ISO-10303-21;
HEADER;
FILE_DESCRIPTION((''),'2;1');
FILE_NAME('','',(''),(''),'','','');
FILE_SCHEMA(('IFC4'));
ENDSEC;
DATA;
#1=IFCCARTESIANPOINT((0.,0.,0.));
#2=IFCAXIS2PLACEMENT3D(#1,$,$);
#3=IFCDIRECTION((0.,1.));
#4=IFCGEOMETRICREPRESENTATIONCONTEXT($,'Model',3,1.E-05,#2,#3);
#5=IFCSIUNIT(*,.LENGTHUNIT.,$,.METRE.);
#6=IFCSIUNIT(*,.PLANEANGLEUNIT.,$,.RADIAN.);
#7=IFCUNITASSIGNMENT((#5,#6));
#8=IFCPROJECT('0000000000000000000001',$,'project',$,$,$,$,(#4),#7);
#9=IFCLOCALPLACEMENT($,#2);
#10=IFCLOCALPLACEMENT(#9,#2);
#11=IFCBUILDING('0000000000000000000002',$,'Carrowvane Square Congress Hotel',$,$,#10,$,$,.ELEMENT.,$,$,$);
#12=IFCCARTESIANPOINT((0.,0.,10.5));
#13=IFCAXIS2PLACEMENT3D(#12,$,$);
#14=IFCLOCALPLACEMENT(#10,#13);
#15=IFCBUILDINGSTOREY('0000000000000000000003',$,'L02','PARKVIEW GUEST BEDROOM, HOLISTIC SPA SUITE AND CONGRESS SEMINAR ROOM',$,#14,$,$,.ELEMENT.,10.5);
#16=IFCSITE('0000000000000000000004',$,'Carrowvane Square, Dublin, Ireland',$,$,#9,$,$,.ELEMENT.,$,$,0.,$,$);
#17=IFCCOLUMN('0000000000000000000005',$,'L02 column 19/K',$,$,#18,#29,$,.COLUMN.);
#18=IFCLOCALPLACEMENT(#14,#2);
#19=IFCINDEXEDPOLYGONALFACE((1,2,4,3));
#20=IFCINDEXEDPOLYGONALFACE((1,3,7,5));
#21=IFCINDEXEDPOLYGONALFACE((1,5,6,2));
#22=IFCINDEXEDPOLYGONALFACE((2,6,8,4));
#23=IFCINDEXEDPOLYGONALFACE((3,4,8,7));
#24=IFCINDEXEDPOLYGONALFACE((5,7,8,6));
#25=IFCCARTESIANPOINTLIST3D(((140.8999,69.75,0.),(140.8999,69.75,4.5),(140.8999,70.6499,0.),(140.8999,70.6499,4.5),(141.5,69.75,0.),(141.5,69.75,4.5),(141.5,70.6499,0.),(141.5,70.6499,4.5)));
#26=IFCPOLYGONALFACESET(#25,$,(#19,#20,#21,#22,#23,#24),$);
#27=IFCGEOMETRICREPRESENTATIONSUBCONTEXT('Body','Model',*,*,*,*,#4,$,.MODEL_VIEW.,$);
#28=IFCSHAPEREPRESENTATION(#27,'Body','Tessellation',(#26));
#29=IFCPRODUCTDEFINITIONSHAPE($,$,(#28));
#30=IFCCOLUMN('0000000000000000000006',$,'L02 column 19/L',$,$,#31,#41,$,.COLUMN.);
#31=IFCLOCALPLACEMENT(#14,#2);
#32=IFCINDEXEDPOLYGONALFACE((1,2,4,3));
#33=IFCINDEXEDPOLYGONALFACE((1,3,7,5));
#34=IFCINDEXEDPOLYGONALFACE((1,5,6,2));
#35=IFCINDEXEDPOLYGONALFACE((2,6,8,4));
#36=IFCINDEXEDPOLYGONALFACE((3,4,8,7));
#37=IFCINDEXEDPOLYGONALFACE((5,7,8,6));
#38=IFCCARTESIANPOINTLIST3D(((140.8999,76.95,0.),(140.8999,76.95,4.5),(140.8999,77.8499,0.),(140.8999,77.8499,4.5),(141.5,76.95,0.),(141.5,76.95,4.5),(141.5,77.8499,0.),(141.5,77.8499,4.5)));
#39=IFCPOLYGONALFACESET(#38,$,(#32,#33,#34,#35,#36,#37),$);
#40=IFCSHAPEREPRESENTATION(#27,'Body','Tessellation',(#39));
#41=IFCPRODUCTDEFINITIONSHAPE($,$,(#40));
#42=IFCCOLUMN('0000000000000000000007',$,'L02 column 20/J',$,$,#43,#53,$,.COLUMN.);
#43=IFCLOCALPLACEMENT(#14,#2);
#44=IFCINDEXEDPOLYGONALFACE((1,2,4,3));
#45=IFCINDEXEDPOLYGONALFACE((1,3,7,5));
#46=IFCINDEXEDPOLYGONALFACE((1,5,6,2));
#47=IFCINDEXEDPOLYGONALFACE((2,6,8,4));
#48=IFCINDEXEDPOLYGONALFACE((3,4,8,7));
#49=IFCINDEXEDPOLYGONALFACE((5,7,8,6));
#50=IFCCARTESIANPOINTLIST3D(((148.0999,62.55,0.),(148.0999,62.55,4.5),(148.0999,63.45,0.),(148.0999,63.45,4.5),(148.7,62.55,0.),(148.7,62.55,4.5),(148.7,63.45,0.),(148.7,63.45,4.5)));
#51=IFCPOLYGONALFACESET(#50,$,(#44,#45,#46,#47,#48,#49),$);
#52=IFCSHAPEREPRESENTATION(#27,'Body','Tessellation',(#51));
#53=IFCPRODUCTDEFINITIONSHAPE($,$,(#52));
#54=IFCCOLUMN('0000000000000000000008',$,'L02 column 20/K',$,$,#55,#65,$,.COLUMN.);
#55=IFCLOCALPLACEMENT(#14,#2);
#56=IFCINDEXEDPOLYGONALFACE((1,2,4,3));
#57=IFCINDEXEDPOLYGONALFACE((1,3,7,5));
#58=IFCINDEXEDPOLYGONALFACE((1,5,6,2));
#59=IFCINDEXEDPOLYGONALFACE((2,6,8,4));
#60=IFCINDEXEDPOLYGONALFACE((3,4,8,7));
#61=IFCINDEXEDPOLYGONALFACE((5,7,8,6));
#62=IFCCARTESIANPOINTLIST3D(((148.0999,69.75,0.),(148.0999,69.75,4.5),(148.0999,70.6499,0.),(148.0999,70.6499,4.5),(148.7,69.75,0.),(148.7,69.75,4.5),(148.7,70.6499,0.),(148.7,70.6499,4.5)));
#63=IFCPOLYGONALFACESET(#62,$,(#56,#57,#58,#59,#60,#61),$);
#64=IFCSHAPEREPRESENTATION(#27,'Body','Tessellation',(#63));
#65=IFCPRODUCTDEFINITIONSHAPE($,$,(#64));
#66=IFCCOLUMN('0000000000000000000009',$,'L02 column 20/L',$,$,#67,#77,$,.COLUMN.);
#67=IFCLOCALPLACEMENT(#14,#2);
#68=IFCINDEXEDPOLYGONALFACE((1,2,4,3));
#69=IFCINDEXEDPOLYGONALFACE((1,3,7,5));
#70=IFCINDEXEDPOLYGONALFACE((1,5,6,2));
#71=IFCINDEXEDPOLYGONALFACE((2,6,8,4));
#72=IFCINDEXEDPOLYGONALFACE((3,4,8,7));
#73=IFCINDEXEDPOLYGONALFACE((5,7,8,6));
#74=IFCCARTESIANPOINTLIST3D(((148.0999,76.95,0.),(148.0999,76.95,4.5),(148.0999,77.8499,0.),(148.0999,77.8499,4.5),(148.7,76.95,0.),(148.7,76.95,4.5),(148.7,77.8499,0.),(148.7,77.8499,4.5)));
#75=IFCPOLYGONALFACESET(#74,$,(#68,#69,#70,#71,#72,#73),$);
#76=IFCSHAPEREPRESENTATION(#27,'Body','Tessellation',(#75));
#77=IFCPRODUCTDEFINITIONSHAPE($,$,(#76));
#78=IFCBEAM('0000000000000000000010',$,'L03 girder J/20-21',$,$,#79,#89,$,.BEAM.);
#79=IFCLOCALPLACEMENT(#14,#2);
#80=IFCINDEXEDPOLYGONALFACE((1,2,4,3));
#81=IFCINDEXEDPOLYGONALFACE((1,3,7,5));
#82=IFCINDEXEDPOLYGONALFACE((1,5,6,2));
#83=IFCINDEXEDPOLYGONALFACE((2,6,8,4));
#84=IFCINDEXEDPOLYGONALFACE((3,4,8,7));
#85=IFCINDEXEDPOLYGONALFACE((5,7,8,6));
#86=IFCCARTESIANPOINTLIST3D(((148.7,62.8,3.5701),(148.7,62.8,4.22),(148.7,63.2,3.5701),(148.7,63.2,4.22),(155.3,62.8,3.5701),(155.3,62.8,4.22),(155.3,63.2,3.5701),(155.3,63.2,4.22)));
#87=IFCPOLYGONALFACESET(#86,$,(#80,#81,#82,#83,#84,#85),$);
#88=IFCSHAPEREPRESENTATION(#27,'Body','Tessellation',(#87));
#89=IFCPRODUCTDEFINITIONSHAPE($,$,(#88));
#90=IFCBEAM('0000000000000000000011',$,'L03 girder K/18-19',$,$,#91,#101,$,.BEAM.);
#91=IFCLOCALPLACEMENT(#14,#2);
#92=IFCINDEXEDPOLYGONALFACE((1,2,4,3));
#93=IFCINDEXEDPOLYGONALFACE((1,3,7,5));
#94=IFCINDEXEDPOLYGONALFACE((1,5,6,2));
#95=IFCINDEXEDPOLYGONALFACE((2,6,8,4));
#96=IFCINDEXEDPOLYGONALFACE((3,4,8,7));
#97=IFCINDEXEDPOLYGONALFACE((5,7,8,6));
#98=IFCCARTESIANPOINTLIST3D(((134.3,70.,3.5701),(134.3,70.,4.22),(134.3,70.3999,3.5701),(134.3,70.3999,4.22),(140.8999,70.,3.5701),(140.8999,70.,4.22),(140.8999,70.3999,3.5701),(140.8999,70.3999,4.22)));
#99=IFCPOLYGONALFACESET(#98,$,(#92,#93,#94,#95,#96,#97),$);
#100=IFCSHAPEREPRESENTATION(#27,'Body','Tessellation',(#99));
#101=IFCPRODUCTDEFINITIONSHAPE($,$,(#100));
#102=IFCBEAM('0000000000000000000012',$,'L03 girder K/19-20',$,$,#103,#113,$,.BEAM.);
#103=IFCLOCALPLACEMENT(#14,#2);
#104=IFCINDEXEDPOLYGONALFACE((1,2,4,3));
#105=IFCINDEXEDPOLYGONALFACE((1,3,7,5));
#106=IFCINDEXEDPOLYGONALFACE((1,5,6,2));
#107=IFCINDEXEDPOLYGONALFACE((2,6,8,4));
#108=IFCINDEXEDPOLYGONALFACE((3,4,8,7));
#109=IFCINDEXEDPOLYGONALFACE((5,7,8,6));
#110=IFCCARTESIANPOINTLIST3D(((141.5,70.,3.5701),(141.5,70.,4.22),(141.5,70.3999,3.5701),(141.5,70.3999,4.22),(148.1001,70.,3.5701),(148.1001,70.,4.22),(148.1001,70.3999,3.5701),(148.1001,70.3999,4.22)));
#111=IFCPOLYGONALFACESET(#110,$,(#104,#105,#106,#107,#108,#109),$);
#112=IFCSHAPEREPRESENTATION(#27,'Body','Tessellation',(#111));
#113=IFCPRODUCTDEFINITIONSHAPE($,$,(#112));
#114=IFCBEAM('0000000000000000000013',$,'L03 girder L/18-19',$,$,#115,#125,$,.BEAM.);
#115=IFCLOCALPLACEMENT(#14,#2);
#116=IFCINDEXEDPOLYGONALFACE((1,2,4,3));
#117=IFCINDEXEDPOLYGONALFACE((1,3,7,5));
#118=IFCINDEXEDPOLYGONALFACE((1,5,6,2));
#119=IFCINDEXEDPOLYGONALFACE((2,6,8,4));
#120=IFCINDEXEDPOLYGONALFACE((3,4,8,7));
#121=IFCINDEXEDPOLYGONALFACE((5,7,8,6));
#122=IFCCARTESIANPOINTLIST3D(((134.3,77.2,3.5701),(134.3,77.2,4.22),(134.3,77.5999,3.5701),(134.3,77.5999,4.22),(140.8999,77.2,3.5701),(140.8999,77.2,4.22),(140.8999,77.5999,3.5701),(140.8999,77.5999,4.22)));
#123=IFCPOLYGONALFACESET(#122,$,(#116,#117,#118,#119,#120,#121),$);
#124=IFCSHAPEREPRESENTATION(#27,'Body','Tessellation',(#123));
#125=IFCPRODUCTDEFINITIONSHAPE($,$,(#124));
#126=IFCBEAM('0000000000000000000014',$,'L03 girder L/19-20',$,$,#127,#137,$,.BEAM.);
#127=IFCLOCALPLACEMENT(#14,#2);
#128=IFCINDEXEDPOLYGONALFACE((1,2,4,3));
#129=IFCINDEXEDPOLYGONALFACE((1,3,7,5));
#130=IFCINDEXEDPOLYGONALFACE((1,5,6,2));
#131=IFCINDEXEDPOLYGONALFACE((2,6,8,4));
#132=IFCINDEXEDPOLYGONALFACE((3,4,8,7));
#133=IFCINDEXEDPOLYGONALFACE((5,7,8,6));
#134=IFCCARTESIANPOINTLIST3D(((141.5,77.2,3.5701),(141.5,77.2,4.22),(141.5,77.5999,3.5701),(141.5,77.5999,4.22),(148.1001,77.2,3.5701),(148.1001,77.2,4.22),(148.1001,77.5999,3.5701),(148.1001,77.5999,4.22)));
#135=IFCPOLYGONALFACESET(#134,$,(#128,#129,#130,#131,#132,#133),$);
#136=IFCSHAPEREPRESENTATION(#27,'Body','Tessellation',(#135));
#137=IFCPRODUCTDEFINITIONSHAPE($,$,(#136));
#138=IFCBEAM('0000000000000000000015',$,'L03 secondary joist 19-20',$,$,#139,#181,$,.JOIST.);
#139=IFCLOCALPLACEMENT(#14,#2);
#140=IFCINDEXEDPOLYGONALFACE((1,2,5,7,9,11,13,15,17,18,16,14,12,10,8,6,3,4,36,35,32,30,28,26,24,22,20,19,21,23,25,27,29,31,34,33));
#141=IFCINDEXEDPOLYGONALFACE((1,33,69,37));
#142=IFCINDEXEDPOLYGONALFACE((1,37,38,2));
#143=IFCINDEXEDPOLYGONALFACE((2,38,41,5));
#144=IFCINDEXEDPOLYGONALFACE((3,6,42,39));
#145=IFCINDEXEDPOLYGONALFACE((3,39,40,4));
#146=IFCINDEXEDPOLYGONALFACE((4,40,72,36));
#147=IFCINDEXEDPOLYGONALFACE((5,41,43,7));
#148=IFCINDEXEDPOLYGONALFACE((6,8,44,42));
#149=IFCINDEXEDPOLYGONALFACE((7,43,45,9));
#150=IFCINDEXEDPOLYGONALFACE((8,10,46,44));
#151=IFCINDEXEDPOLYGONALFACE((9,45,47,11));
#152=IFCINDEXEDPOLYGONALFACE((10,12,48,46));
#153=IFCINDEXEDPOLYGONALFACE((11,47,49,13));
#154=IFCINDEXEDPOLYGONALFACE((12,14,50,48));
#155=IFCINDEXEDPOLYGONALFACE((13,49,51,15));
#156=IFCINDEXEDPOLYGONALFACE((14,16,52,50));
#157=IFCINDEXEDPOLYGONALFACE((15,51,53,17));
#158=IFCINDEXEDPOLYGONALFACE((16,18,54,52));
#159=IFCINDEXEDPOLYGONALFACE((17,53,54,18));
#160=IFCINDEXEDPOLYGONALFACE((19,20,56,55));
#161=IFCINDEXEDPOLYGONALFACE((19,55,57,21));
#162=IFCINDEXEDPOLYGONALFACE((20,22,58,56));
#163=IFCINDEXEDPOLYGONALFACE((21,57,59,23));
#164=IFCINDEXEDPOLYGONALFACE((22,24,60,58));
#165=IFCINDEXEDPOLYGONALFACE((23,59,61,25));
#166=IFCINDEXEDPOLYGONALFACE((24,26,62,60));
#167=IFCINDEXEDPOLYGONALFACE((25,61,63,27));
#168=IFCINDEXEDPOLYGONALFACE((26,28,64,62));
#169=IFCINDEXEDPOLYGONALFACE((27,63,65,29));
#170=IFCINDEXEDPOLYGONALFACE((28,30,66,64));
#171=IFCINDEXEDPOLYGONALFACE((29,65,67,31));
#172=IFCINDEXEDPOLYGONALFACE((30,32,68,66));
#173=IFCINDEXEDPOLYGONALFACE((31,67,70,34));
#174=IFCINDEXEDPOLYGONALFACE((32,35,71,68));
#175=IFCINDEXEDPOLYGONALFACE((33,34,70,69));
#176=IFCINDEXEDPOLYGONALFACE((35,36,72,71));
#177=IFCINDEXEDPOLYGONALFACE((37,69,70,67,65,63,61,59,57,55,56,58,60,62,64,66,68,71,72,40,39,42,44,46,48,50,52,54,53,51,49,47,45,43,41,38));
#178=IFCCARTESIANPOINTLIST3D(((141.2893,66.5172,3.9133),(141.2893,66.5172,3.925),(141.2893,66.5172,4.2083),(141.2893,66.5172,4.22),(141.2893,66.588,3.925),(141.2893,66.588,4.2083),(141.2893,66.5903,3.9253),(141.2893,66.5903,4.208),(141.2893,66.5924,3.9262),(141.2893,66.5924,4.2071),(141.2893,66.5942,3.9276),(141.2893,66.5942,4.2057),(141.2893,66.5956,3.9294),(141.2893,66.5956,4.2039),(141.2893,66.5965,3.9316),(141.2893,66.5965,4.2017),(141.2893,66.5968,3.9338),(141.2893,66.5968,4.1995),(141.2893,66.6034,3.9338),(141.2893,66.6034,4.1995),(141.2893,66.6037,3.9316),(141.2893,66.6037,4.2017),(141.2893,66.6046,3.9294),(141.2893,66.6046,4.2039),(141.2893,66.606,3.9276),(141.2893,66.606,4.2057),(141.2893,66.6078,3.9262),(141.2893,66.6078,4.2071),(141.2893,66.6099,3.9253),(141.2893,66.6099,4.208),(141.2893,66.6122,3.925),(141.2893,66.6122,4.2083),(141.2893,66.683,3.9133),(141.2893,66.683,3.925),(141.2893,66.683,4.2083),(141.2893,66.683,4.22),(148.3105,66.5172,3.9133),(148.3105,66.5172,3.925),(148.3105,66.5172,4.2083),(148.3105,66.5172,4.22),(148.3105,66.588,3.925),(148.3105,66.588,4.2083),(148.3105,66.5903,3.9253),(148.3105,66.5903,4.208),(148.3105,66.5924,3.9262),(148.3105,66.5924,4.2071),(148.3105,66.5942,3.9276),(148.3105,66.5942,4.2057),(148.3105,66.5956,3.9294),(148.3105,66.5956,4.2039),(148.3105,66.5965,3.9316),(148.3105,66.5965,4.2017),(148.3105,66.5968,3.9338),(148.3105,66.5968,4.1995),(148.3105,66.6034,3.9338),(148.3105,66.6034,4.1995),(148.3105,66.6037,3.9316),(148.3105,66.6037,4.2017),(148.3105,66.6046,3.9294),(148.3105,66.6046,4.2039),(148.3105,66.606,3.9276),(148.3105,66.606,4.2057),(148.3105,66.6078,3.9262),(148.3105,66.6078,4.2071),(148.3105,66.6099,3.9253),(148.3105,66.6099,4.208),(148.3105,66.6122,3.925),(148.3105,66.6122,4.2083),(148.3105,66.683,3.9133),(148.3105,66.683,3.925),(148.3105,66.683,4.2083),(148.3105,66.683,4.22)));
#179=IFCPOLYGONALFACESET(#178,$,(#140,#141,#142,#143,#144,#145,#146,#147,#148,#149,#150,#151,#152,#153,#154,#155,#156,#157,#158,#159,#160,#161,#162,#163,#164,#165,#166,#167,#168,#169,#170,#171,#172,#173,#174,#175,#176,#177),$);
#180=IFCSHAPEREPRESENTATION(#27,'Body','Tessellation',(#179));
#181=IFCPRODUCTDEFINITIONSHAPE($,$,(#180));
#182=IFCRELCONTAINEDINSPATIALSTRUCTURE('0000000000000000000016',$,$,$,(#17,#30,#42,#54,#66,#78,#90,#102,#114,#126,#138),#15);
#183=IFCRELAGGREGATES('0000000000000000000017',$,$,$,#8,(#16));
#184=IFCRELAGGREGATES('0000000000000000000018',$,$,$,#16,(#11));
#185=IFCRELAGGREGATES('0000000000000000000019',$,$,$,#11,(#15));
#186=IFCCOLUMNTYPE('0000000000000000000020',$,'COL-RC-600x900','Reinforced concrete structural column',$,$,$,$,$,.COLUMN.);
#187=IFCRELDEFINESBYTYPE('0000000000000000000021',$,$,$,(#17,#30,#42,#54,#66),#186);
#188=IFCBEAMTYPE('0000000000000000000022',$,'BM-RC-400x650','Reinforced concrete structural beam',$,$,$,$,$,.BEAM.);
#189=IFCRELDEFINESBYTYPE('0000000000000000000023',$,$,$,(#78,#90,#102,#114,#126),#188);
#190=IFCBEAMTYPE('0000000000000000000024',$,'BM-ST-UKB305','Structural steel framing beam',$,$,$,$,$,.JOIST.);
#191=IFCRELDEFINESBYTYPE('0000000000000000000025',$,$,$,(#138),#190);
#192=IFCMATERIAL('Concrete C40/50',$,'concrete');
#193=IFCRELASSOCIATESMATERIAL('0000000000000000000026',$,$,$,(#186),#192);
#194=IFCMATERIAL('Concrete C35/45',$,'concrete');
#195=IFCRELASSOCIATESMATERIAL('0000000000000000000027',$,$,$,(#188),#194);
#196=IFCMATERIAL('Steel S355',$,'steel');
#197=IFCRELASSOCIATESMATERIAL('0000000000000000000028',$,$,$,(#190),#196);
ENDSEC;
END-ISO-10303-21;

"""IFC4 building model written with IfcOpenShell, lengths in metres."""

from ifc_helpers import new_model, si_unit, direction, frame, origin, origin_2d, place, context, subcontext, project, spatial, rectangle, i_section, extrude, material, material_profile, profile_set, type_object, element, save


model = new_model("IFC4")

# Units and contexts
model_context = context("Model", 3, precision=1e-05, world=origin(), true_north=direction((0.0, 1.0)))
body_context = subcontext(model_context, "Body", "Model", "MODEL_VIEW")
ifc_project = project(units=[si_unit("LENGTHUNIT", "METRE"), si_unit("PLANEANGLEUNIT", "RADIAN")], contexts=[model_context])

# Site, building, storey
site_placement = place(None, origin())
site = spatial("IfcSite", under=ifc_project, at=site_placement, Name="Carrowvane Square, Dublin, Ireland", CompositionType="ELEMENT", RefElevation=0.0)
building_placement = place(site_placement, origin())
building = spatial("IfcBuilding", under=site, at=building_placement, Name="Carrowvane Square Congress Hotel", CompositionType="ELEMENT")
storey_placement = place(building_placement, frame((0.0, 0.0, 10.5)))
storey = spatial("IfcBuildingStorey", under=building, at=storey_placement, Name="L02", Description="PARKVIEW GUEST BEDROOM, HOLISTIC SPA SUITE AND CONGRESS SEMINAR ROOM", CompositionType="ELEMENT", Elevation=10.5)

# Columns
ifc_material_1 = material(Name="Concrete C40/50", Category="concrete")
ifc_material_profile_1 = material_profile(ifc_material_1, rectangle(XDim=0.6001, YDim=0.8999, at=origin_2d()), Name="RC 600x900")
ifc_profile_set_1 = profile_set([ifc_material_profile_1], Name="Concrete C40/50")
column_type = type_object("IfcColumnType", Name="COL-RC-600x900", Description="Reinforced concrete structural column", PredefinedType="COLUMN", material=ifc_profile_set_1)
for number, where, z_axis, x_axis, name in (
    (1, (141.2, 70.2, 0.0), (0.0, 0.0, 1.0), (1.0, 0.0, 0.0), "L02 column 19/K"),
    (2, (141.2, 77.3999, 0.0), (0.0, 0.0, 1.0), (1.0, 0.0, 0.0), "L02 column 19/L"),
    (3, (148.3999, 63.0, 0.0), (0.0, 0.0, 1.0), (1.0, 0.0, 0.0), "L02 column 20/J"),
    (4, (148.3999, 70.2, 0.0), (0.0, 0.0, 1.0), (1.0, 0.0, 0.0), "L02 column 20/K"),
    (5, (148.3999, 77.3999, 0.0), (0.0, 0.0, 1.0), (1.0, 0.0, 0.0), "L02 column 20/L"),
):
    element("IfcColumn", number, at=place(storey_placement, frame(where, z_axis=z_axis, x_axis=x_axis)), inside=storey, type_object=column_type, Name=name, PredefinedType="COLUMN", context=body_context, shape_type="SweptSolid", body=[
        extrude(rectangle(XDim=0.6001, YDim=0.8999, at=origin_2d()), origin(), (0.0, 0.0, 1.0), 4.5),
    ])

# Beams
ifc_material_2 = material(Name="Concrete C35/45", Category="concrete")
ifc_material_profile_2 = material_profile(ifc_material_2, rectangle(XDim=0.3999, YDim=0.6499, at=origin_2d()), Name="RC 400x650")
ifc_profile_set_2 = profile_set([ifc_material_profile_2], Name="Concrete C35/45")
beam_type_1 = type_object("IfcBeamType", Name="BM-RC-400x650", Description="Reinforced concrete structural beam", PredefinedType="BEAM", material=ifc_profile_set_2)
beam_1_placement = place(storey_placement, frame((148.7, 63.0, 3.895), z_axis=(1.0, 0.0, 0.0), x_axis=(0.0, 1.0, 0.0)))
element("IfcBeam", 6, at=beam_1_placement, inside=storey, type_object=beam_type_1, Name="L03 girder J/20-21", PredefinedType="BEAM", context=body_context, shape_type="SweptSolid", body=[
    extrude(rectangle(XDim=0.3999, YDim=0.6499, at=origin_2d()), origin(), (0.0, 0.0, 1.0), 6.6001),
])
beam_2_placement = place(storey_placement, frame((134.3, 70.2, 3.895), z_axis=(1.0, 0.0, 0.0), x_axis=(0.0, 1.0, 0.0)))
element("IfcBeam", 7, at=beam_2_placement, inside=storey, type_object=beam_type_1, Name="L03 girder K/18-19", PredefinedType="BEAM", context=body_context, shape_type="SweptSolid", body=[
    extrude(rectangle(XDim=0.3999, YDim=0.6499, at=origin_2d()), origin(), (0.0, 0.0, 1.0), 6.5999),
])
beam_3_placement = place(storey_placement, frame((141.5, 70.2, 3.895), z_axis=(1.0, 0.0, 0.0), x_axis=(0.0, 1.0, 0.0)))
element("IfcBeam", 8, at=beam_3_placement, inside=storey, type_object=beam_type_1, Name="L03 girder K/19-20", PredefinedType="BEAM", context=body_context, shape_type="SweptSolid", body=[
    extrude(rectangle(XDim=0.3999, YDim=0.6499, at=origin_2d()), origin(), (0.0, 0.0, 1.0), 6.6001),
])
beam_4_placement = place(storey_placement, frame((134.3, 77.3999, 3.895), z_axis=(1.0, 0.0, 0.0), x_axis=(0.0, 1.0, 0.0)))
element("IfcBeam", 9, at=beam_4_placement, inside=storey, type_object=beam_type_1, Name="L03 girder L/18-19", PredefinedType="BEAM", context=body_context, shape_type="SweptSolid", body=[
    extrude(rectangle(XDim=0.3999, YDim=0.6499, at=origin_2d()), origin(), (0.0, 0.0, 1.0), 6.5999),
])
beam_5_placement = place(storey_placement, frame((141.5, 77.3999, 3.895), z_axis=(1.0, 0.0, 0.0), x_axis=(0.0, 1.0, 0.0)))
element("IfcBeam", 10, at=beam_5_placement, inside=storey, type_object=beam_type_1, Name="L03 girder L/19-20", PredefinedType="BEAM", context=body_context, shape_type="SweptSolid", body=[
    extrude(rectangle(XDim=0.3999, YDim=0.6499, at=origin_2d()), origin(), (0.0, 0.0, 1.0), 6.6001),
])
ifc_material_3 = material(Name="Steel S355", Category="steel")
ifc_material_profile_3 = material_profile(ifc_material_3, i_section(OverallWidth=0.1658, OverallDepth=0.3066, WebThickness=0.0066, FlangeThickness=0.0117, FilletRadius=0.0088, at=origin_2d()), Name="UKB 305x165x46")
ifc_profile_set_3 = profile_set([ifc_material_profile_3], Name="Steel S355")
beam_type_2 = type_object("IfcBeamType", Name="BM-ST-UKB305", Description="Structural steel framing beam", PredefinedType="JOIST", material=ifc_profile_set_3)
for number, where, z_axis, x_axis, name in (
    (11, (141.2893, 66.6001, 4.0667), (1.0, 0.0, 0.0), (0.0, 1.0, 0.0), "L03 secondary joist 19-20"),
):
    element("IfcBeam", number, at=place(storey_placement, frame(where, z_axis=z_axis, x_axis=x_axis)), inside=storey, type_object=beam_type_2, Name=name, PredefinedType="JOIST", context=body_context, shape_type="SweptSolid", body=[
        extrude(i_section(OverallWidth=0.1658, OverallDepth=0.3066, WebThickness=0.0066, FlangeThickness=0.0117, FilletRadius=0.0088, at=origin_2d()), origin(), (0.0, 0.0, 1.0), 7.0212),
    ])

save(model, "model.ifc")
